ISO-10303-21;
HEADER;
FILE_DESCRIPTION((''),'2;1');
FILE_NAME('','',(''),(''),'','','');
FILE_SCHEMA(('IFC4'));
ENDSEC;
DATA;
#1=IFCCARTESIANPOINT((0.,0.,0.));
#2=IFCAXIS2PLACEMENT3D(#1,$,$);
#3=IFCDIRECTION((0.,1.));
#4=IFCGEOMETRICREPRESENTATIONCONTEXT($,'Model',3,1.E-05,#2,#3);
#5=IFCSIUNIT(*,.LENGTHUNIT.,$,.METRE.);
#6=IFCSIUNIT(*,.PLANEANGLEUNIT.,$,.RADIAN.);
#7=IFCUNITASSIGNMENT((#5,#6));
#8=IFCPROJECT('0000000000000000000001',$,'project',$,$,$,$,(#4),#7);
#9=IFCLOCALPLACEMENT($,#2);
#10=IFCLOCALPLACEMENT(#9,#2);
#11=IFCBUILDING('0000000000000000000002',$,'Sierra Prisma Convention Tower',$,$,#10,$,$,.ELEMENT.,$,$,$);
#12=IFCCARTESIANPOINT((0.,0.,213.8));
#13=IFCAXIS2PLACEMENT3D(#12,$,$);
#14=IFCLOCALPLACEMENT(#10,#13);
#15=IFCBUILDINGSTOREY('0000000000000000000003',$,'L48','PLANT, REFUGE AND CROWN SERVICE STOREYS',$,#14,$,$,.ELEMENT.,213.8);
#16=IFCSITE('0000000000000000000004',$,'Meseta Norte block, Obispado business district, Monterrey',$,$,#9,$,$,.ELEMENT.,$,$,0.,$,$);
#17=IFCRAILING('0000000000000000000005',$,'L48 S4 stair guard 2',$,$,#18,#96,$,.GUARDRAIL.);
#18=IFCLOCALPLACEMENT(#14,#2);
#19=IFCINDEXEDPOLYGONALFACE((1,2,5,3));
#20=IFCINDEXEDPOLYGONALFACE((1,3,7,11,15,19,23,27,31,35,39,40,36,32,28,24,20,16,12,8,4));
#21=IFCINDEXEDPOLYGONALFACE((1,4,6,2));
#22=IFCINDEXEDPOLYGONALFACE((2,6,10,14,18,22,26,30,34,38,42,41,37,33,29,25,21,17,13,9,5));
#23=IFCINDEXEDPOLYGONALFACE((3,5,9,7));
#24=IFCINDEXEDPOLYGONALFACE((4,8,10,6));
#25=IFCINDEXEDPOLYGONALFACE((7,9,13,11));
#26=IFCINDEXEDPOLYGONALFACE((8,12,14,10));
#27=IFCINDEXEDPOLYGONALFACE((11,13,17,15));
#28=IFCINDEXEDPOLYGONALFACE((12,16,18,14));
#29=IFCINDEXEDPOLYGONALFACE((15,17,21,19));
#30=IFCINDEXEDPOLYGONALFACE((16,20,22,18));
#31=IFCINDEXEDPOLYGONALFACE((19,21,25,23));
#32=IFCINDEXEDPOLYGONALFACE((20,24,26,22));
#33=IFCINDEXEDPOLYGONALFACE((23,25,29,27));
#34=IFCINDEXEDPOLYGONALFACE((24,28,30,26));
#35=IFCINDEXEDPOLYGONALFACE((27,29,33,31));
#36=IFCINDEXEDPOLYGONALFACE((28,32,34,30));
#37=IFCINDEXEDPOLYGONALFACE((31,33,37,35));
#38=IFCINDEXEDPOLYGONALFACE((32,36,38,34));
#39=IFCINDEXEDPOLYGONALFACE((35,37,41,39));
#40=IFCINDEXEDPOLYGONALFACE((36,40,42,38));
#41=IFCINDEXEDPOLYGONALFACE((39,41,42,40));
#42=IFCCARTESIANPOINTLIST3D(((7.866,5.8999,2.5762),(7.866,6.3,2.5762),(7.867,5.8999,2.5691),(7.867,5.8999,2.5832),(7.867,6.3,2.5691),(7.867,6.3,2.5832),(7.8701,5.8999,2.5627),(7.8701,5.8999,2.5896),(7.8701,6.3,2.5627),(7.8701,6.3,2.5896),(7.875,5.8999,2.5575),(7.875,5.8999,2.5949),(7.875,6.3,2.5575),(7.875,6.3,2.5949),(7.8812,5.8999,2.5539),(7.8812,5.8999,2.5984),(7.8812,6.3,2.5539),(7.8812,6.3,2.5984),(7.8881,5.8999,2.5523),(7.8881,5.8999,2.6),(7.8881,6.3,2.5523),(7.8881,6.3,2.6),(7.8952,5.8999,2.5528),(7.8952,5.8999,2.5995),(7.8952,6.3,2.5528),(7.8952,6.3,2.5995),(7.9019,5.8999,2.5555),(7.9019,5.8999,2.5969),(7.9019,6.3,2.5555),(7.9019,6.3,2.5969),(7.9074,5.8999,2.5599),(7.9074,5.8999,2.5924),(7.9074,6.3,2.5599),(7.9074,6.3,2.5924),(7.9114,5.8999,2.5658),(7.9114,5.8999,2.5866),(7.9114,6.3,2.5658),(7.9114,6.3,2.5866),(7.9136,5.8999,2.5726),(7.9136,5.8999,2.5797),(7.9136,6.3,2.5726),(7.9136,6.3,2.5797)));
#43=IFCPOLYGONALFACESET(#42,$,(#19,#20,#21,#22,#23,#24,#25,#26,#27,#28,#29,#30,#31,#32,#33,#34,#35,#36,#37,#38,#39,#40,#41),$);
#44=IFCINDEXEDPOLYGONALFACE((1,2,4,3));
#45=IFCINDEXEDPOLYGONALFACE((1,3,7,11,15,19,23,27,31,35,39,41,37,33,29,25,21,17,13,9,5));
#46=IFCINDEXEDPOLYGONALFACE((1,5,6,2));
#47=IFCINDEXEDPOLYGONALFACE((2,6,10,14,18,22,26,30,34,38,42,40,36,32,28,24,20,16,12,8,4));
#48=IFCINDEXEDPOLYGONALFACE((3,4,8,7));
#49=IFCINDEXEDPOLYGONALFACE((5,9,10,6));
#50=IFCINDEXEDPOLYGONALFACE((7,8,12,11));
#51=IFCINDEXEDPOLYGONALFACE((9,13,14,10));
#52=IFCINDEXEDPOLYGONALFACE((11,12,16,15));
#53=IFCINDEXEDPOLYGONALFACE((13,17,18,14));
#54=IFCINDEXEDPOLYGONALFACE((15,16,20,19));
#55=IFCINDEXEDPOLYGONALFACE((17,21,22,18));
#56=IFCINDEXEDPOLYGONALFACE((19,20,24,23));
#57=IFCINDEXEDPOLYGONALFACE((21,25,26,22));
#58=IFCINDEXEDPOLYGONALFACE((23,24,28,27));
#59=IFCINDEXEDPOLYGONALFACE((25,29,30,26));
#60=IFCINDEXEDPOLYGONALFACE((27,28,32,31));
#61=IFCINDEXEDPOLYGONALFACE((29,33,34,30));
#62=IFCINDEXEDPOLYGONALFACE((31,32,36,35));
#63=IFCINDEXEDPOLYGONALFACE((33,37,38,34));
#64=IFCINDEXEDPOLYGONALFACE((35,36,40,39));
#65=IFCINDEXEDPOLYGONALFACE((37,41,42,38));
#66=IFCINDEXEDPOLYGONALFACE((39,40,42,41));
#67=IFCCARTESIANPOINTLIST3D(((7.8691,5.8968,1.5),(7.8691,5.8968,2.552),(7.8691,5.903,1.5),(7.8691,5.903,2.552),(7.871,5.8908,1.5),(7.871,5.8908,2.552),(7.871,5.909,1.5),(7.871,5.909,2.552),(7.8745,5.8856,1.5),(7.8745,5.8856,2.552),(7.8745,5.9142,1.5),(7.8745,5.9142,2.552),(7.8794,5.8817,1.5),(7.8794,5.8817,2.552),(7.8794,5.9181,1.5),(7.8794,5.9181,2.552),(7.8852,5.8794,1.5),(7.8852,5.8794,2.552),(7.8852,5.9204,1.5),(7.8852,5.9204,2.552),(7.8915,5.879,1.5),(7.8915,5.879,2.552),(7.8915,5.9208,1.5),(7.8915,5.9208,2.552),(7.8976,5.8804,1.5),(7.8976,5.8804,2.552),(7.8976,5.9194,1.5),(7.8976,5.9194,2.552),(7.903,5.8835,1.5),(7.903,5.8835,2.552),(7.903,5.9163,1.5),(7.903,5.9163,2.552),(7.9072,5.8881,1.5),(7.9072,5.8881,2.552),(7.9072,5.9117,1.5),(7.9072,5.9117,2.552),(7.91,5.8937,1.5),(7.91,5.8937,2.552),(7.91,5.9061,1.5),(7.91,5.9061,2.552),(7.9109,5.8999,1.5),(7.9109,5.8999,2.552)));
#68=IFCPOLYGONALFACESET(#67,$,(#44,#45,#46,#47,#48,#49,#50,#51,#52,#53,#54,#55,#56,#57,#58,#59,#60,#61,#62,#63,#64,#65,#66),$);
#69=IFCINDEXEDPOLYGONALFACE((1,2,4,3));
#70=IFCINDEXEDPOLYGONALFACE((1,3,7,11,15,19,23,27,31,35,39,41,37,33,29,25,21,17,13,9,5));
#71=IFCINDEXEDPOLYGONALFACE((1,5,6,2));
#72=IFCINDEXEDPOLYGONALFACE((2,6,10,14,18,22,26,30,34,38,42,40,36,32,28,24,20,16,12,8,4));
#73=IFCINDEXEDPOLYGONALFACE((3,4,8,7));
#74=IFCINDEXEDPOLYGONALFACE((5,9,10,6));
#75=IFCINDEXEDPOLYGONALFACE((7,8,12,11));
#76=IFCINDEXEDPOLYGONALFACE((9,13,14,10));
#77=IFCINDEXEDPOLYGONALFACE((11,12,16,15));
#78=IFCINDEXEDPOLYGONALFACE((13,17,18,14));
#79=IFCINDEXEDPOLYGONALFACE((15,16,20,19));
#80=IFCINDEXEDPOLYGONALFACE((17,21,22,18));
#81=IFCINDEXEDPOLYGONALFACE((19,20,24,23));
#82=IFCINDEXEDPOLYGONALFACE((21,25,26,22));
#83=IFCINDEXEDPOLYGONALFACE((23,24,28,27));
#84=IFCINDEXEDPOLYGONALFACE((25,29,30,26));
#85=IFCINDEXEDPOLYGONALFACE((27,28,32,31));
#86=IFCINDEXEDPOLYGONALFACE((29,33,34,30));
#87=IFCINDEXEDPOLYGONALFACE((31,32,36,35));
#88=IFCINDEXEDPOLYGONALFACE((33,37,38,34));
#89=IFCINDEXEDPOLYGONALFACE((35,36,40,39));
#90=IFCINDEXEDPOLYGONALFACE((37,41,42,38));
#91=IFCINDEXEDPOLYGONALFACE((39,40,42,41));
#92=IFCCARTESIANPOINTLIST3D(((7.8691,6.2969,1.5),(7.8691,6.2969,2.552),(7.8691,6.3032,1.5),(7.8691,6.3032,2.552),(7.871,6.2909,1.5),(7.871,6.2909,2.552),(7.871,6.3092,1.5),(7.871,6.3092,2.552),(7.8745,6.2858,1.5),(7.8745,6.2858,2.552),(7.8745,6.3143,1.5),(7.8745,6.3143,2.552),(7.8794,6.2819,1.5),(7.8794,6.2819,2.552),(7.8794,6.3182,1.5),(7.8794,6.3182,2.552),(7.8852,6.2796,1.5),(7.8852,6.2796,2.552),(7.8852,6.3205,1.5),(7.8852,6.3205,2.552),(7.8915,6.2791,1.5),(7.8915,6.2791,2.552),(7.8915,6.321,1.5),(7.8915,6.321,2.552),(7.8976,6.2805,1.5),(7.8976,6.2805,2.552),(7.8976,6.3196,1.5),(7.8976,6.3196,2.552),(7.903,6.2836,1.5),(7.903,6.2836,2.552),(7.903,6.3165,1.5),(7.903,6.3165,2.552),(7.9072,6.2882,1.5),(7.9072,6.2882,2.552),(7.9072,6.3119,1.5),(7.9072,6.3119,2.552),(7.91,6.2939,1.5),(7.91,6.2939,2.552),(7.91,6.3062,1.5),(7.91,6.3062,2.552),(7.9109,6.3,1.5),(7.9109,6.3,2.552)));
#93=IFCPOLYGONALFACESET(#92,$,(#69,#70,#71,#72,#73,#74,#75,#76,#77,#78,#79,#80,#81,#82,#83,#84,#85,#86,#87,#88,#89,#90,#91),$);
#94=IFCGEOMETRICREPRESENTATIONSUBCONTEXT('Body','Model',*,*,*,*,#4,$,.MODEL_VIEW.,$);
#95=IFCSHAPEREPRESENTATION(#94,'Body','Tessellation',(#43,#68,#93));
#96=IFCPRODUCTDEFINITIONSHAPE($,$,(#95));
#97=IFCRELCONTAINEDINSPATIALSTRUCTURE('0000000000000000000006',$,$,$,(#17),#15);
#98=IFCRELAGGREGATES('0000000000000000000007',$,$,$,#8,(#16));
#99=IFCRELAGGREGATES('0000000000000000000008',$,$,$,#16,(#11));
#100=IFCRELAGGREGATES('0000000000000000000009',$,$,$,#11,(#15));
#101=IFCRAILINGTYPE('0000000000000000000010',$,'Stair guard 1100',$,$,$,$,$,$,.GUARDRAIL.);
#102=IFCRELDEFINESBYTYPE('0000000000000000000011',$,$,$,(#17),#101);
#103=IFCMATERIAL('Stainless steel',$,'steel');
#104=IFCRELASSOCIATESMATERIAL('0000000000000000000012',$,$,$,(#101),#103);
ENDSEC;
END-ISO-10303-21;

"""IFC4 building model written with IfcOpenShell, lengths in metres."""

from ifc_helpers import new_model, si_unit, direction, frame, origin, origin_2d, place, context, subcontext, project, spatial, circle, extrude, material, type_object, element, save


model = new_model("IFC4")

# Units and contexts
model_context = context("Model", 3, precision=1e-05, world=origin(), true_north=direction((0.0, 1.0)))
body_context = subcontext(model_context, "Body", "Model", "MODEL_VIEW")
ifc_project = project(units=[si_unit("LENGTHUNIT", "METRE"), si_unit("PLANEANGLEUNIT", "RADIAN")], contexts=[model_context])

# Site, building, storey
site_placement = place(None, origin())
site = spatial("IfcSite", under=ifc_project, at=site_placement, Name="Meseta Norte block, Obispado business district, Monterrey", CompositionType="ELEMENT", RefElevation=0.0)
building_placement = place(site_placement, origin())
building = spatial("IfcBuilding", under=site, at=building_placement, Name="Sierra Prisma Convention Tower", CompositionType="ELEMENT")
storey_placement = place(building_placement, frame((0.0, 0.0, 213.8)))
storey = spatial("IfcBuildingStorey", under=building, at=storey_placement, Name="L48", Description="PLANT, REFUGE AND CROWN SERVICE STOREYS", CompositionType="ELEMENT", Elevation=213.8)

# Railing
ifc_material_1 = material(Name="Stainless steel", Category="steel")
railing_type_1 = type_object("IfcRailingType", Name="Stair guard 1100", PredefinedType="GUARDRAIL", material=ifc_material_1)
railing_1_placement = place(storey_placement, frame((7.8899, 5.8999, 1.5)))
element("IfcRailing", 1, at=railing_1_placement, inside=storey, type_object=railing_type_1, Name="L48 S4 stair guard 2", PredefinedType="GUARDRAIL", context=body_context, shape_type="SweptSolid", body=[
    extrude(circle(Radius=0.0239, at=origin_2d()), frame((0.0, 0.0, 1.0762), z_axis=(0.0, 1.0, 0.0), x_axis=(-1.0, 0.0, 0.0)), (0.0, 0.0, 1.0), 0.4001),
    extrude(circle(Radius=0.021, at=origin_2d()), origin(), (0.0, 0.0, 1.0), 1.052),
    extrude(circle(Radius=0.021, at=origin_2d()), frame((0.0, 0.4001, 0.0)), (0.0, 0.0, 1.0), 1.052),
])

save(model, "model.ifc")
